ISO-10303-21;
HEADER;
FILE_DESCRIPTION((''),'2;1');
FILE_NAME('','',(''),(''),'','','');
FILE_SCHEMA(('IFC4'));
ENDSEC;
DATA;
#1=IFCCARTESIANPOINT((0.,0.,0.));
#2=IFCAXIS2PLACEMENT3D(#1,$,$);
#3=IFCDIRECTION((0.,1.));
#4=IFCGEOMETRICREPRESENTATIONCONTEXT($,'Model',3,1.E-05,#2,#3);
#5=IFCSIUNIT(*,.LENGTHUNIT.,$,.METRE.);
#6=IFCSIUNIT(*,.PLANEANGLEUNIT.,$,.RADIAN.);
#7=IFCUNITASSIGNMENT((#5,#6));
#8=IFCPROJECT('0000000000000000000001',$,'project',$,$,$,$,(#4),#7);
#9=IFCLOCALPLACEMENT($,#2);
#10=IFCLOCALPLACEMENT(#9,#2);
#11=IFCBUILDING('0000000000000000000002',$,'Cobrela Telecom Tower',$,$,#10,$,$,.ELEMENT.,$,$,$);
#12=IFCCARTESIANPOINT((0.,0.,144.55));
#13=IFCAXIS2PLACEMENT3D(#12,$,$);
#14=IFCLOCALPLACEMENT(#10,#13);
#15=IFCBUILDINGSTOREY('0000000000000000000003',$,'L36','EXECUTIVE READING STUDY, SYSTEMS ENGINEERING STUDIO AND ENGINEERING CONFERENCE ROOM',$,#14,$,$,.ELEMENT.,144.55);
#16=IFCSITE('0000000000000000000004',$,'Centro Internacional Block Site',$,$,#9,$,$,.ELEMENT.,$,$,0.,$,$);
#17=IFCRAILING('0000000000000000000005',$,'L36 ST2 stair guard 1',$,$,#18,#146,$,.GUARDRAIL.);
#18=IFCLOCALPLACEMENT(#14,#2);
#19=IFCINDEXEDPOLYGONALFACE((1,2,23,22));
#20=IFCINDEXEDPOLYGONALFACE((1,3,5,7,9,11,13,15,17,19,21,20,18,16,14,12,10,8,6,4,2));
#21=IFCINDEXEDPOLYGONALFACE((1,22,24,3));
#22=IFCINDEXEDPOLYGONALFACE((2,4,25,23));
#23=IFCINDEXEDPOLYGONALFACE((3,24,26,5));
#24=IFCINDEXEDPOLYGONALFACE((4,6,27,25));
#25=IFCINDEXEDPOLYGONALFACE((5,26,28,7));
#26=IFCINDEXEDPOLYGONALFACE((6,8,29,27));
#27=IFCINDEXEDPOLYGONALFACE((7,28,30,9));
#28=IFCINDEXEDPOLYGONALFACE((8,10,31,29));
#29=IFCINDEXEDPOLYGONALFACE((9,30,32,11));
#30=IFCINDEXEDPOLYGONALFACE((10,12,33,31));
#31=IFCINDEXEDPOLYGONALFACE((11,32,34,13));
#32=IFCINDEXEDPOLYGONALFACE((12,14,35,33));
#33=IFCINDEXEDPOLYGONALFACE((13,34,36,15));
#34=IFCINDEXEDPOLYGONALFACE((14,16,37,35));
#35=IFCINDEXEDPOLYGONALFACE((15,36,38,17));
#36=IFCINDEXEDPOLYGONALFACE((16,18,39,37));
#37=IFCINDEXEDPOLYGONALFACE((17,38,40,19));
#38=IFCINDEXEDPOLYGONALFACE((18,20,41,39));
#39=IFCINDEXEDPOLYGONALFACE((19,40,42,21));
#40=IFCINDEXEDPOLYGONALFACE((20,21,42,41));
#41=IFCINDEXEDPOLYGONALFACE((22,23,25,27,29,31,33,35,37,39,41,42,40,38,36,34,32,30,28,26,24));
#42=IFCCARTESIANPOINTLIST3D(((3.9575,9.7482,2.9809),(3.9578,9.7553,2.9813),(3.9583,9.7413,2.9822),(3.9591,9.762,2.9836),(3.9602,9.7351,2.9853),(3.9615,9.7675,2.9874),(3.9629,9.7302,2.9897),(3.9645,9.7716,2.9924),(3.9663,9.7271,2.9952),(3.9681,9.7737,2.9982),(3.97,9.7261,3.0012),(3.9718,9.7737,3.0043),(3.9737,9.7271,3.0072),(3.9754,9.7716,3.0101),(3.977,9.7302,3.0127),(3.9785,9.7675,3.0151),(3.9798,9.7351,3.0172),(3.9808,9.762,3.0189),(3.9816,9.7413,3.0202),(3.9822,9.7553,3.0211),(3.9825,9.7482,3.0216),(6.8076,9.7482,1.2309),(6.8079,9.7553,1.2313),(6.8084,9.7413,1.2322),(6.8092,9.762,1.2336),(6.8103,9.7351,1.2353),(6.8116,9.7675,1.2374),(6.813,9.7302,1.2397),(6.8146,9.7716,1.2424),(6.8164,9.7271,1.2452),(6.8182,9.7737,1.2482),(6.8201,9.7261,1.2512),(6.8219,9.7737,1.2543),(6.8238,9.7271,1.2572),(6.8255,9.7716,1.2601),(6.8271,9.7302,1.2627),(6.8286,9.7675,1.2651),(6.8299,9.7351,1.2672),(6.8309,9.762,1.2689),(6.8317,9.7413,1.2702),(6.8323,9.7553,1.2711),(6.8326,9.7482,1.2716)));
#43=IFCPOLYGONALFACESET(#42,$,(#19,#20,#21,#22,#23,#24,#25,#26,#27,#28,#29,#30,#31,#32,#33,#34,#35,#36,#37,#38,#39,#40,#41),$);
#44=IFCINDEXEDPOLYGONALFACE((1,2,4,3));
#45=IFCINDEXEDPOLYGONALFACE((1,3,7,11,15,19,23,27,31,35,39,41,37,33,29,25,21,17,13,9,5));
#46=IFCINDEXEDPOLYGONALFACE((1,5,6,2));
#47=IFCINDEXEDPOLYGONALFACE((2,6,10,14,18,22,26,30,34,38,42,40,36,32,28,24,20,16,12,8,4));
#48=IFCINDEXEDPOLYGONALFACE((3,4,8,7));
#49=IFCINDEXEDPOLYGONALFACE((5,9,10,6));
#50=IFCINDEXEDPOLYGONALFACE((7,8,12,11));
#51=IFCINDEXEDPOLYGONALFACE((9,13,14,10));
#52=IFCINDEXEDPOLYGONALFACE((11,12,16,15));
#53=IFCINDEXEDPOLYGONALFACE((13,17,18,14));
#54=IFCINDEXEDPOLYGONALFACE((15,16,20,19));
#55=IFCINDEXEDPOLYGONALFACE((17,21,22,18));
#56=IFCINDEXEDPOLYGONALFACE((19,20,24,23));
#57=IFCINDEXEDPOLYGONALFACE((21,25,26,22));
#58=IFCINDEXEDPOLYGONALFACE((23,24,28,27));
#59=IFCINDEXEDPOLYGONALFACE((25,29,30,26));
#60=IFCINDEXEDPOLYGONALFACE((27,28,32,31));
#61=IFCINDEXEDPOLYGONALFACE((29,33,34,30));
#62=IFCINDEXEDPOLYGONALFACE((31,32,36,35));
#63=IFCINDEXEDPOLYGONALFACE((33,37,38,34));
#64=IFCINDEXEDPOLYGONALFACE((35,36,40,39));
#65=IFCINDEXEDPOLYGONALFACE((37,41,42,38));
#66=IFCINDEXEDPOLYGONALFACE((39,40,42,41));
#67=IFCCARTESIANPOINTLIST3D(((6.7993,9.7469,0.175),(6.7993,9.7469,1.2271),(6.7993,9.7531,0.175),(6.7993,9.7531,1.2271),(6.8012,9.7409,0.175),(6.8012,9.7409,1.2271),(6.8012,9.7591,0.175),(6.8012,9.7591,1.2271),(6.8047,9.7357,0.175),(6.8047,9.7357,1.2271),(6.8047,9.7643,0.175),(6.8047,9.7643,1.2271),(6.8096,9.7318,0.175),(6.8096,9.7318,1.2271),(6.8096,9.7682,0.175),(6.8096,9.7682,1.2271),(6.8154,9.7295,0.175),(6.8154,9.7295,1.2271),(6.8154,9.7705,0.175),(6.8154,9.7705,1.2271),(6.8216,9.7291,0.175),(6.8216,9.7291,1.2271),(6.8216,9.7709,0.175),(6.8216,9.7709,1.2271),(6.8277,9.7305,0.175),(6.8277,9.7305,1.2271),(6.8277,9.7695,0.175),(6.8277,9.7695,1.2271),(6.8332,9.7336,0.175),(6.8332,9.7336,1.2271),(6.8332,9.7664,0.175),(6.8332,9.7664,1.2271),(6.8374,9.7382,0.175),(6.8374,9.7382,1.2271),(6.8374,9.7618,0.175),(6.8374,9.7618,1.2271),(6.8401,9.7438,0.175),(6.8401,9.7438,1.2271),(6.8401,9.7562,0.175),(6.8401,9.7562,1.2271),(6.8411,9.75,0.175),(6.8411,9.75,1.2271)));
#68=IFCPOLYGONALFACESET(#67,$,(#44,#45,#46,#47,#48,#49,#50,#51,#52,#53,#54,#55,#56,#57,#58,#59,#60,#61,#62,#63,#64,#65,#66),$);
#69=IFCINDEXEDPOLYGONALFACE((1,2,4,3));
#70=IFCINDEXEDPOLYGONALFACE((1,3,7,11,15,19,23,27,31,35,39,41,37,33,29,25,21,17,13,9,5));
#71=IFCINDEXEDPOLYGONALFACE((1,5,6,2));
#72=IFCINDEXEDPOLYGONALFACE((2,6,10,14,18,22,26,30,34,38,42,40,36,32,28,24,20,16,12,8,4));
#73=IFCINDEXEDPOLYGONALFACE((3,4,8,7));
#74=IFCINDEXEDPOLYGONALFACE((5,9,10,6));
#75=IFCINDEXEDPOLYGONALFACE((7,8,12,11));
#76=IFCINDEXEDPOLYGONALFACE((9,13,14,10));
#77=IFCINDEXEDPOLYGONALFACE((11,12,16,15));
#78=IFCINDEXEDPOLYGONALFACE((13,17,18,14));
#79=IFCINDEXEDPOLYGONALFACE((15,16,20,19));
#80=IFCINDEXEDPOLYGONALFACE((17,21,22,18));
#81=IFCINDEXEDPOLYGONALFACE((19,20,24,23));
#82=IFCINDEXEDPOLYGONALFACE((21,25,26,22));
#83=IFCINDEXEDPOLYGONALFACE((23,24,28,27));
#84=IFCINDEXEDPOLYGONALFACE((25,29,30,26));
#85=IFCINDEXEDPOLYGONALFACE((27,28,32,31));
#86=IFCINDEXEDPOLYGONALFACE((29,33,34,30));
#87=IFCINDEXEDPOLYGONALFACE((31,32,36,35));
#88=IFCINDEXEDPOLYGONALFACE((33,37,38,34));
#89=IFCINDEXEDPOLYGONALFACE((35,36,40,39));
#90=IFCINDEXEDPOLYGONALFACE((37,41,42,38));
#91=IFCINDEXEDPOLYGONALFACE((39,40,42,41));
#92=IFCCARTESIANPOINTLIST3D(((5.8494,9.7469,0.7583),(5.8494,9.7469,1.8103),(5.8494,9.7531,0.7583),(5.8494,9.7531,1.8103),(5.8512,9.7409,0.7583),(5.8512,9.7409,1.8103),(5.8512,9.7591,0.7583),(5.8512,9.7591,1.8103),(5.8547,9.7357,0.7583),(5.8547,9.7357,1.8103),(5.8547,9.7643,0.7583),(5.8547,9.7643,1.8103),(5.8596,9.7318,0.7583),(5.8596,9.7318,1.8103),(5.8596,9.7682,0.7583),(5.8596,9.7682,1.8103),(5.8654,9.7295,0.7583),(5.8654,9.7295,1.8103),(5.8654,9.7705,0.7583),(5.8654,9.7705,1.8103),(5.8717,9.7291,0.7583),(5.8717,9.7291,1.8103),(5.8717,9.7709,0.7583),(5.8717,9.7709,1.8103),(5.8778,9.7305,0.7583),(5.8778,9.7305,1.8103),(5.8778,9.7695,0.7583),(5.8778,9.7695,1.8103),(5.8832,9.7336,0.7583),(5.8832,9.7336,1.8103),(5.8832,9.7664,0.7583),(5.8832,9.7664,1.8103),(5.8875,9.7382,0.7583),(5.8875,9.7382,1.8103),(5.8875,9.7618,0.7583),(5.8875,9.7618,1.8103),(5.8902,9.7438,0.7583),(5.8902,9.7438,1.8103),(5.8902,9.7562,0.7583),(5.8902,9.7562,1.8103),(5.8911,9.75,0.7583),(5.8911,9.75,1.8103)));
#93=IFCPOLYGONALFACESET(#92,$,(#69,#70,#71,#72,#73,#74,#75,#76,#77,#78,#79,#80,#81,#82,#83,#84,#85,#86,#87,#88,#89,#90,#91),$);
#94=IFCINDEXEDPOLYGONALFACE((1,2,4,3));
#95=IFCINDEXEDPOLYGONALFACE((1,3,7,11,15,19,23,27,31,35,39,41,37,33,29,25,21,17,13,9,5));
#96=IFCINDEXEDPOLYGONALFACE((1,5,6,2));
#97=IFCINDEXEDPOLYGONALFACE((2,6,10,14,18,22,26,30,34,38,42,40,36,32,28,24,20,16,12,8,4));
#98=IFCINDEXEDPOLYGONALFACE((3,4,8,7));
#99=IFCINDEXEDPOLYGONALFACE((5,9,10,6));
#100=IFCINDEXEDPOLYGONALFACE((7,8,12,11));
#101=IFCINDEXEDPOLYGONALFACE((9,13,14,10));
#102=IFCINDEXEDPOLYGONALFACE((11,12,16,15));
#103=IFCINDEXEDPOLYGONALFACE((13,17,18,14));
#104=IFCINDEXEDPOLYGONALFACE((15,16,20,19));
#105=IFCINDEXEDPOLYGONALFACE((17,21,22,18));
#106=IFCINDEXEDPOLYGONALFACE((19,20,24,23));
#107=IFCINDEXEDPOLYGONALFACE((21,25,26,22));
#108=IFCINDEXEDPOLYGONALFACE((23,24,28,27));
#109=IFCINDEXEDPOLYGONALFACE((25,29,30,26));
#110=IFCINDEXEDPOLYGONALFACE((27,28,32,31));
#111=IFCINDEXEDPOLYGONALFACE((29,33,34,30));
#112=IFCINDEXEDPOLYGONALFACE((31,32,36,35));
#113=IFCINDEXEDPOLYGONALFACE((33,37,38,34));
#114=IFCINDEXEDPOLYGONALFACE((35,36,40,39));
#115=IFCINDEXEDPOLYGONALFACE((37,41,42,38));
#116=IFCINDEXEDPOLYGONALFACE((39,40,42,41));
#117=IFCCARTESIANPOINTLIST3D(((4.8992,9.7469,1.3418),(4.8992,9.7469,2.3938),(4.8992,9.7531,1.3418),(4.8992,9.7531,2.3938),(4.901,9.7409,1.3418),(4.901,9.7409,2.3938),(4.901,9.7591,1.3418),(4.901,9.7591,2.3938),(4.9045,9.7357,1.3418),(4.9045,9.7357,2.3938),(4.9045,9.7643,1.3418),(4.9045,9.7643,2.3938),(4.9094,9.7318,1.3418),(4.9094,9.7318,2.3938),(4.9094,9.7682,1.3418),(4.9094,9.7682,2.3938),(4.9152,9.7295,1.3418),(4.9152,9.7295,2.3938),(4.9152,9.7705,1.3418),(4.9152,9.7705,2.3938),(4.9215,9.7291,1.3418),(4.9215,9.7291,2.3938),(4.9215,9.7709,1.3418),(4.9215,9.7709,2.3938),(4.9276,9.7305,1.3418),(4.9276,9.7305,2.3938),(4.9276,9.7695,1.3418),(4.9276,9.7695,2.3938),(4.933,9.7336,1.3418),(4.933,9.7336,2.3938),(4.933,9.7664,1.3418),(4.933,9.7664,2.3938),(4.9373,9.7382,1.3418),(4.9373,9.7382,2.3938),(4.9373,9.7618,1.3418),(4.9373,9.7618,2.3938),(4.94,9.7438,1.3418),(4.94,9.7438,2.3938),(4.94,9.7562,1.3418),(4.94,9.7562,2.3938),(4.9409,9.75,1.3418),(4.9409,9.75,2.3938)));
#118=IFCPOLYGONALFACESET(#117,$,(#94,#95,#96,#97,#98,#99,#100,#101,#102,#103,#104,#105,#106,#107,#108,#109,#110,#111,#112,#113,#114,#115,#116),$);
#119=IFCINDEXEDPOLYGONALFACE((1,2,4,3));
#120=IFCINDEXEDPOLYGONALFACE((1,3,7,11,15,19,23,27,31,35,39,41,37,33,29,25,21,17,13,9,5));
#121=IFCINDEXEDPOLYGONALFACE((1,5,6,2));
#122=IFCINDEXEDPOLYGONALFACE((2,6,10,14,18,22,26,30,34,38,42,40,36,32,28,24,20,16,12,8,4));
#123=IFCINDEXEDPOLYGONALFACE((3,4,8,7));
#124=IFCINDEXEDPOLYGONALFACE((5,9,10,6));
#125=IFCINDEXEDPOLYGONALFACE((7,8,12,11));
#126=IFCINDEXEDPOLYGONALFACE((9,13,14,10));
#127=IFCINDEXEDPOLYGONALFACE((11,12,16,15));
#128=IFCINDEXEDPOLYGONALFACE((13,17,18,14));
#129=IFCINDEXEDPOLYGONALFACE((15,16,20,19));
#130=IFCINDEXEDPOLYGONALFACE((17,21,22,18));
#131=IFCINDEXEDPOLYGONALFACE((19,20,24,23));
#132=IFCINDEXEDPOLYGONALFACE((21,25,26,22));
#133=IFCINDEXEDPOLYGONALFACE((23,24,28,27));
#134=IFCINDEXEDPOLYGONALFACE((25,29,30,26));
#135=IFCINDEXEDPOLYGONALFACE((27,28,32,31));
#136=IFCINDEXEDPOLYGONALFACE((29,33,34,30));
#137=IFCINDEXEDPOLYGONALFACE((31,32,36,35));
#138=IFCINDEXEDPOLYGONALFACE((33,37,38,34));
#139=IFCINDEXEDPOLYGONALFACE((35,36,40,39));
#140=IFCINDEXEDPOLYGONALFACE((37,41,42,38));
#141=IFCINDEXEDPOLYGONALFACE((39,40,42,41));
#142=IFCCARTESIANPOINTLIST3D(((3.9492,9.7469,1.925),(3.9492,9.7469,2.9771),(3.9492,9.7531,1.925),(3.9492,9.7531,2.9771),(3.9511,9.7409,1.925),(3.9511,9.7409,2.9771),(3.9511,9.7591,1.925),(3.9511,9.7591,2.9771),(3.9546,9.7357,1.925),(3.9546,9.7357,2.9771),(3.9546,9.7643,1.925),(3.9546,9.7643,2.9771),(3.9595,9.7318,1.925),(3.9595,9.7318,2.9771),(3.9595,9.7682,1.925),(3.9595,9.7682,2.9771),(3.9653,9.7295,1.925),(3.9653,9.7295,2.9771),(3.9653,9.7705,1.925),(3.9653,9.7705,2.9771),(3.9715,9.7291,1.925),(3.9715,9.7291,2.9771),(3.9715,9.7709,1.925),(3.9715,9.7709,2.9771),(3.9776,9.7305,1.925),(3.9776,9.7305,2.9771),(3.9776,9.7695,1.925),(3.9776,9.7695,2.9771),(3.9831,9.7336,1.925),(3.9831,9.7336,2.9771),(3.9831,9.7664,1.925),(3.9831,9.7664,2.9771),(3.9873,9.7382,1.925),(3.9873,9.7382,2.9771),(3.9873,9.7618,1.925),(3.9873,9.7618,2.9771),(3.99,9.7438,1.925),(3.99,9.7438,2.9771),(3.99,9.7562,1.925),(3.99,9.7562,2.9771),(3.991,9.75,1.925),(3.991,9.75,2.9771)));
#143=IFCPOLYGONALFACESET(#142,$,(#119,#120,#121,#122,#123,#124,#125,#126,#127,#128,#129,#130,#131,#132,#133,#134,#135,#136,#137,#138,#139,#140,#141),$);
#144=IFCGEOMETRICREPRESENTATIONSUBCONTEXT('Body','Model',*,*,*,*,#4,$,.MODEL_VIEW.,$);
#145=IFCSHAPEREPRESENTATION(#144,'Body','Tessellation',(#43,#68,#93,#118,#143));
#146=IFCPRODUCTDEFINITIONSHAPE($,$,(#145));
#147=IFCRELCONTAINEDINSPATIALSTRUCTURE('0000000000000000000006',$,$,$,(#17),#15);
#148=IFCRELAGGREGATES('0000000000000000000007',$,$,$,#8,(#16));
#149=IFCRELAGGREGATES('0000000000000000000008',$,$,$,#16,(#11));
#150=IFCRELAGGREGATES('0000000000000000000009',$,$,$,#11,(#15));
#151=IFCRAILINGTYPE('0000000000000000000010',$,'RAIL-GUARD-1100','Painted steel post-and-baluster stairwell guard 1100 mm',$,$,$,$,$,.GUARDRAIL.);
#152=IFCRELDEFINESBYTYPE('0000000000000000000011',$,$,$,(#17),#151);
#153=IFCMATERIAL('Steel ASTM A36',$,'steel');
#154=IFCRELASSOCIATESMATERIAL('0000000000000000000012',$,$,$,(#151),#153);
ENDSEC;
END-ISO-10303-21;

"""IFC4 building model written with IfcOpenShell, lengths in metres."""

from ifc_helpers import new_model, si_unit, direction, frame, origin, origin_2d, place, context, subcontext, project, spatial, circle, extrude, material, type_object, element, save


model = new_model("IFC4")

# Units and contexts
model_context = context("Model", 3, precision=1e-05, world=origin(), true_north=direction((0.0, 1.0)))
body_context = subcontext(model_context, "Body", "Model", "MODEL_VIEW")
ifc_project = project(units=[si_unit("LENGTHUNIT", "METRE"), si_unit("PLANEANGLEUNIT", "RADIAN")], contexts=[model_context])

# Site, building, storey
site_placement = place(None, origin())
site = spatial("IfcSite", under=ifc_project, at=site_placement, Name="Centro Internacional Block Site", CompositionType="ELEMENT", RefElevation=0.0)
building_placement = place(site_placement, origin())
building = spatial("IfcBuilding", under=site, at=building_placement, Name="Cobrela Telecom Tower", CompositionType="ELEMENT")
storey_placement = place(building_placement, frame((0.0, 0.0, 144.55)))
storey = spatial("IfcBuildingStorey", under=building, at=storey_placement, Name="L36", Description="EXECUTIVE READING STUDY, SYSTEMS ENGINEERING STUDIO AND ENGINEERING CONFERENCE ROOM", CompositionType="ELEMENT", Elevation=144.55)

# Shared definitions
ifc_material_1 = material(Name="Steel ASTM A36", Category="steel")

# Railing
railing_type_1 = type_object("IfcRailingType", Name="RAIL-GUARD-1100", Description="Painted steel post-and-baluster stairwell guard 1100 mm", PredefinedType="GUARDRAIL", material=ifc_material_1)
railing_1_placement = place(storey_placement, frame((6.8201, 9.75, 0.175)))
element("IfcRailing", 1, at=railing_1_placement, inside=storey, type_object=railing_type_1, Name="L36 ST2 stair guard 1", PredefinedType="GUARDRAIL", context=body_context, shape_type="SweptSolid", body=[
    extrude(circle(Radius=0.0239, at=origin_2d()), frame((0.0, 0.0, 1.0762), z_axis=(-0.852179, 0.0, 0.52325), x_axis=(0.0, -1.0, 0.0)), (0.0, 0.0, 1.0), 3.3445),
    extrude(circle(Radius=0.021, at=origin_2d()), origin(), (0.0, 0.0, 1.0), 1.052),
    extrude(circle(Radius=0.021, at=origin_2d()), frame((-0.95, 0.0, 0.5833)), (0.0, 0.0, 1.0), 1.052),
    extrude(circle(Radius=0.021, at=origin_2d()), frame((-1.9001, 0.0, 1.1667)), (0.0, 0.0, 1.0), 1.052),
    extrude(circle(Radius=0.021, at=origin_2d()), frame((-2.8501, 0.0, 1.75)), (0.0, 0.0, 1.0), 1.052),
])

save(model, "model.ifc")
